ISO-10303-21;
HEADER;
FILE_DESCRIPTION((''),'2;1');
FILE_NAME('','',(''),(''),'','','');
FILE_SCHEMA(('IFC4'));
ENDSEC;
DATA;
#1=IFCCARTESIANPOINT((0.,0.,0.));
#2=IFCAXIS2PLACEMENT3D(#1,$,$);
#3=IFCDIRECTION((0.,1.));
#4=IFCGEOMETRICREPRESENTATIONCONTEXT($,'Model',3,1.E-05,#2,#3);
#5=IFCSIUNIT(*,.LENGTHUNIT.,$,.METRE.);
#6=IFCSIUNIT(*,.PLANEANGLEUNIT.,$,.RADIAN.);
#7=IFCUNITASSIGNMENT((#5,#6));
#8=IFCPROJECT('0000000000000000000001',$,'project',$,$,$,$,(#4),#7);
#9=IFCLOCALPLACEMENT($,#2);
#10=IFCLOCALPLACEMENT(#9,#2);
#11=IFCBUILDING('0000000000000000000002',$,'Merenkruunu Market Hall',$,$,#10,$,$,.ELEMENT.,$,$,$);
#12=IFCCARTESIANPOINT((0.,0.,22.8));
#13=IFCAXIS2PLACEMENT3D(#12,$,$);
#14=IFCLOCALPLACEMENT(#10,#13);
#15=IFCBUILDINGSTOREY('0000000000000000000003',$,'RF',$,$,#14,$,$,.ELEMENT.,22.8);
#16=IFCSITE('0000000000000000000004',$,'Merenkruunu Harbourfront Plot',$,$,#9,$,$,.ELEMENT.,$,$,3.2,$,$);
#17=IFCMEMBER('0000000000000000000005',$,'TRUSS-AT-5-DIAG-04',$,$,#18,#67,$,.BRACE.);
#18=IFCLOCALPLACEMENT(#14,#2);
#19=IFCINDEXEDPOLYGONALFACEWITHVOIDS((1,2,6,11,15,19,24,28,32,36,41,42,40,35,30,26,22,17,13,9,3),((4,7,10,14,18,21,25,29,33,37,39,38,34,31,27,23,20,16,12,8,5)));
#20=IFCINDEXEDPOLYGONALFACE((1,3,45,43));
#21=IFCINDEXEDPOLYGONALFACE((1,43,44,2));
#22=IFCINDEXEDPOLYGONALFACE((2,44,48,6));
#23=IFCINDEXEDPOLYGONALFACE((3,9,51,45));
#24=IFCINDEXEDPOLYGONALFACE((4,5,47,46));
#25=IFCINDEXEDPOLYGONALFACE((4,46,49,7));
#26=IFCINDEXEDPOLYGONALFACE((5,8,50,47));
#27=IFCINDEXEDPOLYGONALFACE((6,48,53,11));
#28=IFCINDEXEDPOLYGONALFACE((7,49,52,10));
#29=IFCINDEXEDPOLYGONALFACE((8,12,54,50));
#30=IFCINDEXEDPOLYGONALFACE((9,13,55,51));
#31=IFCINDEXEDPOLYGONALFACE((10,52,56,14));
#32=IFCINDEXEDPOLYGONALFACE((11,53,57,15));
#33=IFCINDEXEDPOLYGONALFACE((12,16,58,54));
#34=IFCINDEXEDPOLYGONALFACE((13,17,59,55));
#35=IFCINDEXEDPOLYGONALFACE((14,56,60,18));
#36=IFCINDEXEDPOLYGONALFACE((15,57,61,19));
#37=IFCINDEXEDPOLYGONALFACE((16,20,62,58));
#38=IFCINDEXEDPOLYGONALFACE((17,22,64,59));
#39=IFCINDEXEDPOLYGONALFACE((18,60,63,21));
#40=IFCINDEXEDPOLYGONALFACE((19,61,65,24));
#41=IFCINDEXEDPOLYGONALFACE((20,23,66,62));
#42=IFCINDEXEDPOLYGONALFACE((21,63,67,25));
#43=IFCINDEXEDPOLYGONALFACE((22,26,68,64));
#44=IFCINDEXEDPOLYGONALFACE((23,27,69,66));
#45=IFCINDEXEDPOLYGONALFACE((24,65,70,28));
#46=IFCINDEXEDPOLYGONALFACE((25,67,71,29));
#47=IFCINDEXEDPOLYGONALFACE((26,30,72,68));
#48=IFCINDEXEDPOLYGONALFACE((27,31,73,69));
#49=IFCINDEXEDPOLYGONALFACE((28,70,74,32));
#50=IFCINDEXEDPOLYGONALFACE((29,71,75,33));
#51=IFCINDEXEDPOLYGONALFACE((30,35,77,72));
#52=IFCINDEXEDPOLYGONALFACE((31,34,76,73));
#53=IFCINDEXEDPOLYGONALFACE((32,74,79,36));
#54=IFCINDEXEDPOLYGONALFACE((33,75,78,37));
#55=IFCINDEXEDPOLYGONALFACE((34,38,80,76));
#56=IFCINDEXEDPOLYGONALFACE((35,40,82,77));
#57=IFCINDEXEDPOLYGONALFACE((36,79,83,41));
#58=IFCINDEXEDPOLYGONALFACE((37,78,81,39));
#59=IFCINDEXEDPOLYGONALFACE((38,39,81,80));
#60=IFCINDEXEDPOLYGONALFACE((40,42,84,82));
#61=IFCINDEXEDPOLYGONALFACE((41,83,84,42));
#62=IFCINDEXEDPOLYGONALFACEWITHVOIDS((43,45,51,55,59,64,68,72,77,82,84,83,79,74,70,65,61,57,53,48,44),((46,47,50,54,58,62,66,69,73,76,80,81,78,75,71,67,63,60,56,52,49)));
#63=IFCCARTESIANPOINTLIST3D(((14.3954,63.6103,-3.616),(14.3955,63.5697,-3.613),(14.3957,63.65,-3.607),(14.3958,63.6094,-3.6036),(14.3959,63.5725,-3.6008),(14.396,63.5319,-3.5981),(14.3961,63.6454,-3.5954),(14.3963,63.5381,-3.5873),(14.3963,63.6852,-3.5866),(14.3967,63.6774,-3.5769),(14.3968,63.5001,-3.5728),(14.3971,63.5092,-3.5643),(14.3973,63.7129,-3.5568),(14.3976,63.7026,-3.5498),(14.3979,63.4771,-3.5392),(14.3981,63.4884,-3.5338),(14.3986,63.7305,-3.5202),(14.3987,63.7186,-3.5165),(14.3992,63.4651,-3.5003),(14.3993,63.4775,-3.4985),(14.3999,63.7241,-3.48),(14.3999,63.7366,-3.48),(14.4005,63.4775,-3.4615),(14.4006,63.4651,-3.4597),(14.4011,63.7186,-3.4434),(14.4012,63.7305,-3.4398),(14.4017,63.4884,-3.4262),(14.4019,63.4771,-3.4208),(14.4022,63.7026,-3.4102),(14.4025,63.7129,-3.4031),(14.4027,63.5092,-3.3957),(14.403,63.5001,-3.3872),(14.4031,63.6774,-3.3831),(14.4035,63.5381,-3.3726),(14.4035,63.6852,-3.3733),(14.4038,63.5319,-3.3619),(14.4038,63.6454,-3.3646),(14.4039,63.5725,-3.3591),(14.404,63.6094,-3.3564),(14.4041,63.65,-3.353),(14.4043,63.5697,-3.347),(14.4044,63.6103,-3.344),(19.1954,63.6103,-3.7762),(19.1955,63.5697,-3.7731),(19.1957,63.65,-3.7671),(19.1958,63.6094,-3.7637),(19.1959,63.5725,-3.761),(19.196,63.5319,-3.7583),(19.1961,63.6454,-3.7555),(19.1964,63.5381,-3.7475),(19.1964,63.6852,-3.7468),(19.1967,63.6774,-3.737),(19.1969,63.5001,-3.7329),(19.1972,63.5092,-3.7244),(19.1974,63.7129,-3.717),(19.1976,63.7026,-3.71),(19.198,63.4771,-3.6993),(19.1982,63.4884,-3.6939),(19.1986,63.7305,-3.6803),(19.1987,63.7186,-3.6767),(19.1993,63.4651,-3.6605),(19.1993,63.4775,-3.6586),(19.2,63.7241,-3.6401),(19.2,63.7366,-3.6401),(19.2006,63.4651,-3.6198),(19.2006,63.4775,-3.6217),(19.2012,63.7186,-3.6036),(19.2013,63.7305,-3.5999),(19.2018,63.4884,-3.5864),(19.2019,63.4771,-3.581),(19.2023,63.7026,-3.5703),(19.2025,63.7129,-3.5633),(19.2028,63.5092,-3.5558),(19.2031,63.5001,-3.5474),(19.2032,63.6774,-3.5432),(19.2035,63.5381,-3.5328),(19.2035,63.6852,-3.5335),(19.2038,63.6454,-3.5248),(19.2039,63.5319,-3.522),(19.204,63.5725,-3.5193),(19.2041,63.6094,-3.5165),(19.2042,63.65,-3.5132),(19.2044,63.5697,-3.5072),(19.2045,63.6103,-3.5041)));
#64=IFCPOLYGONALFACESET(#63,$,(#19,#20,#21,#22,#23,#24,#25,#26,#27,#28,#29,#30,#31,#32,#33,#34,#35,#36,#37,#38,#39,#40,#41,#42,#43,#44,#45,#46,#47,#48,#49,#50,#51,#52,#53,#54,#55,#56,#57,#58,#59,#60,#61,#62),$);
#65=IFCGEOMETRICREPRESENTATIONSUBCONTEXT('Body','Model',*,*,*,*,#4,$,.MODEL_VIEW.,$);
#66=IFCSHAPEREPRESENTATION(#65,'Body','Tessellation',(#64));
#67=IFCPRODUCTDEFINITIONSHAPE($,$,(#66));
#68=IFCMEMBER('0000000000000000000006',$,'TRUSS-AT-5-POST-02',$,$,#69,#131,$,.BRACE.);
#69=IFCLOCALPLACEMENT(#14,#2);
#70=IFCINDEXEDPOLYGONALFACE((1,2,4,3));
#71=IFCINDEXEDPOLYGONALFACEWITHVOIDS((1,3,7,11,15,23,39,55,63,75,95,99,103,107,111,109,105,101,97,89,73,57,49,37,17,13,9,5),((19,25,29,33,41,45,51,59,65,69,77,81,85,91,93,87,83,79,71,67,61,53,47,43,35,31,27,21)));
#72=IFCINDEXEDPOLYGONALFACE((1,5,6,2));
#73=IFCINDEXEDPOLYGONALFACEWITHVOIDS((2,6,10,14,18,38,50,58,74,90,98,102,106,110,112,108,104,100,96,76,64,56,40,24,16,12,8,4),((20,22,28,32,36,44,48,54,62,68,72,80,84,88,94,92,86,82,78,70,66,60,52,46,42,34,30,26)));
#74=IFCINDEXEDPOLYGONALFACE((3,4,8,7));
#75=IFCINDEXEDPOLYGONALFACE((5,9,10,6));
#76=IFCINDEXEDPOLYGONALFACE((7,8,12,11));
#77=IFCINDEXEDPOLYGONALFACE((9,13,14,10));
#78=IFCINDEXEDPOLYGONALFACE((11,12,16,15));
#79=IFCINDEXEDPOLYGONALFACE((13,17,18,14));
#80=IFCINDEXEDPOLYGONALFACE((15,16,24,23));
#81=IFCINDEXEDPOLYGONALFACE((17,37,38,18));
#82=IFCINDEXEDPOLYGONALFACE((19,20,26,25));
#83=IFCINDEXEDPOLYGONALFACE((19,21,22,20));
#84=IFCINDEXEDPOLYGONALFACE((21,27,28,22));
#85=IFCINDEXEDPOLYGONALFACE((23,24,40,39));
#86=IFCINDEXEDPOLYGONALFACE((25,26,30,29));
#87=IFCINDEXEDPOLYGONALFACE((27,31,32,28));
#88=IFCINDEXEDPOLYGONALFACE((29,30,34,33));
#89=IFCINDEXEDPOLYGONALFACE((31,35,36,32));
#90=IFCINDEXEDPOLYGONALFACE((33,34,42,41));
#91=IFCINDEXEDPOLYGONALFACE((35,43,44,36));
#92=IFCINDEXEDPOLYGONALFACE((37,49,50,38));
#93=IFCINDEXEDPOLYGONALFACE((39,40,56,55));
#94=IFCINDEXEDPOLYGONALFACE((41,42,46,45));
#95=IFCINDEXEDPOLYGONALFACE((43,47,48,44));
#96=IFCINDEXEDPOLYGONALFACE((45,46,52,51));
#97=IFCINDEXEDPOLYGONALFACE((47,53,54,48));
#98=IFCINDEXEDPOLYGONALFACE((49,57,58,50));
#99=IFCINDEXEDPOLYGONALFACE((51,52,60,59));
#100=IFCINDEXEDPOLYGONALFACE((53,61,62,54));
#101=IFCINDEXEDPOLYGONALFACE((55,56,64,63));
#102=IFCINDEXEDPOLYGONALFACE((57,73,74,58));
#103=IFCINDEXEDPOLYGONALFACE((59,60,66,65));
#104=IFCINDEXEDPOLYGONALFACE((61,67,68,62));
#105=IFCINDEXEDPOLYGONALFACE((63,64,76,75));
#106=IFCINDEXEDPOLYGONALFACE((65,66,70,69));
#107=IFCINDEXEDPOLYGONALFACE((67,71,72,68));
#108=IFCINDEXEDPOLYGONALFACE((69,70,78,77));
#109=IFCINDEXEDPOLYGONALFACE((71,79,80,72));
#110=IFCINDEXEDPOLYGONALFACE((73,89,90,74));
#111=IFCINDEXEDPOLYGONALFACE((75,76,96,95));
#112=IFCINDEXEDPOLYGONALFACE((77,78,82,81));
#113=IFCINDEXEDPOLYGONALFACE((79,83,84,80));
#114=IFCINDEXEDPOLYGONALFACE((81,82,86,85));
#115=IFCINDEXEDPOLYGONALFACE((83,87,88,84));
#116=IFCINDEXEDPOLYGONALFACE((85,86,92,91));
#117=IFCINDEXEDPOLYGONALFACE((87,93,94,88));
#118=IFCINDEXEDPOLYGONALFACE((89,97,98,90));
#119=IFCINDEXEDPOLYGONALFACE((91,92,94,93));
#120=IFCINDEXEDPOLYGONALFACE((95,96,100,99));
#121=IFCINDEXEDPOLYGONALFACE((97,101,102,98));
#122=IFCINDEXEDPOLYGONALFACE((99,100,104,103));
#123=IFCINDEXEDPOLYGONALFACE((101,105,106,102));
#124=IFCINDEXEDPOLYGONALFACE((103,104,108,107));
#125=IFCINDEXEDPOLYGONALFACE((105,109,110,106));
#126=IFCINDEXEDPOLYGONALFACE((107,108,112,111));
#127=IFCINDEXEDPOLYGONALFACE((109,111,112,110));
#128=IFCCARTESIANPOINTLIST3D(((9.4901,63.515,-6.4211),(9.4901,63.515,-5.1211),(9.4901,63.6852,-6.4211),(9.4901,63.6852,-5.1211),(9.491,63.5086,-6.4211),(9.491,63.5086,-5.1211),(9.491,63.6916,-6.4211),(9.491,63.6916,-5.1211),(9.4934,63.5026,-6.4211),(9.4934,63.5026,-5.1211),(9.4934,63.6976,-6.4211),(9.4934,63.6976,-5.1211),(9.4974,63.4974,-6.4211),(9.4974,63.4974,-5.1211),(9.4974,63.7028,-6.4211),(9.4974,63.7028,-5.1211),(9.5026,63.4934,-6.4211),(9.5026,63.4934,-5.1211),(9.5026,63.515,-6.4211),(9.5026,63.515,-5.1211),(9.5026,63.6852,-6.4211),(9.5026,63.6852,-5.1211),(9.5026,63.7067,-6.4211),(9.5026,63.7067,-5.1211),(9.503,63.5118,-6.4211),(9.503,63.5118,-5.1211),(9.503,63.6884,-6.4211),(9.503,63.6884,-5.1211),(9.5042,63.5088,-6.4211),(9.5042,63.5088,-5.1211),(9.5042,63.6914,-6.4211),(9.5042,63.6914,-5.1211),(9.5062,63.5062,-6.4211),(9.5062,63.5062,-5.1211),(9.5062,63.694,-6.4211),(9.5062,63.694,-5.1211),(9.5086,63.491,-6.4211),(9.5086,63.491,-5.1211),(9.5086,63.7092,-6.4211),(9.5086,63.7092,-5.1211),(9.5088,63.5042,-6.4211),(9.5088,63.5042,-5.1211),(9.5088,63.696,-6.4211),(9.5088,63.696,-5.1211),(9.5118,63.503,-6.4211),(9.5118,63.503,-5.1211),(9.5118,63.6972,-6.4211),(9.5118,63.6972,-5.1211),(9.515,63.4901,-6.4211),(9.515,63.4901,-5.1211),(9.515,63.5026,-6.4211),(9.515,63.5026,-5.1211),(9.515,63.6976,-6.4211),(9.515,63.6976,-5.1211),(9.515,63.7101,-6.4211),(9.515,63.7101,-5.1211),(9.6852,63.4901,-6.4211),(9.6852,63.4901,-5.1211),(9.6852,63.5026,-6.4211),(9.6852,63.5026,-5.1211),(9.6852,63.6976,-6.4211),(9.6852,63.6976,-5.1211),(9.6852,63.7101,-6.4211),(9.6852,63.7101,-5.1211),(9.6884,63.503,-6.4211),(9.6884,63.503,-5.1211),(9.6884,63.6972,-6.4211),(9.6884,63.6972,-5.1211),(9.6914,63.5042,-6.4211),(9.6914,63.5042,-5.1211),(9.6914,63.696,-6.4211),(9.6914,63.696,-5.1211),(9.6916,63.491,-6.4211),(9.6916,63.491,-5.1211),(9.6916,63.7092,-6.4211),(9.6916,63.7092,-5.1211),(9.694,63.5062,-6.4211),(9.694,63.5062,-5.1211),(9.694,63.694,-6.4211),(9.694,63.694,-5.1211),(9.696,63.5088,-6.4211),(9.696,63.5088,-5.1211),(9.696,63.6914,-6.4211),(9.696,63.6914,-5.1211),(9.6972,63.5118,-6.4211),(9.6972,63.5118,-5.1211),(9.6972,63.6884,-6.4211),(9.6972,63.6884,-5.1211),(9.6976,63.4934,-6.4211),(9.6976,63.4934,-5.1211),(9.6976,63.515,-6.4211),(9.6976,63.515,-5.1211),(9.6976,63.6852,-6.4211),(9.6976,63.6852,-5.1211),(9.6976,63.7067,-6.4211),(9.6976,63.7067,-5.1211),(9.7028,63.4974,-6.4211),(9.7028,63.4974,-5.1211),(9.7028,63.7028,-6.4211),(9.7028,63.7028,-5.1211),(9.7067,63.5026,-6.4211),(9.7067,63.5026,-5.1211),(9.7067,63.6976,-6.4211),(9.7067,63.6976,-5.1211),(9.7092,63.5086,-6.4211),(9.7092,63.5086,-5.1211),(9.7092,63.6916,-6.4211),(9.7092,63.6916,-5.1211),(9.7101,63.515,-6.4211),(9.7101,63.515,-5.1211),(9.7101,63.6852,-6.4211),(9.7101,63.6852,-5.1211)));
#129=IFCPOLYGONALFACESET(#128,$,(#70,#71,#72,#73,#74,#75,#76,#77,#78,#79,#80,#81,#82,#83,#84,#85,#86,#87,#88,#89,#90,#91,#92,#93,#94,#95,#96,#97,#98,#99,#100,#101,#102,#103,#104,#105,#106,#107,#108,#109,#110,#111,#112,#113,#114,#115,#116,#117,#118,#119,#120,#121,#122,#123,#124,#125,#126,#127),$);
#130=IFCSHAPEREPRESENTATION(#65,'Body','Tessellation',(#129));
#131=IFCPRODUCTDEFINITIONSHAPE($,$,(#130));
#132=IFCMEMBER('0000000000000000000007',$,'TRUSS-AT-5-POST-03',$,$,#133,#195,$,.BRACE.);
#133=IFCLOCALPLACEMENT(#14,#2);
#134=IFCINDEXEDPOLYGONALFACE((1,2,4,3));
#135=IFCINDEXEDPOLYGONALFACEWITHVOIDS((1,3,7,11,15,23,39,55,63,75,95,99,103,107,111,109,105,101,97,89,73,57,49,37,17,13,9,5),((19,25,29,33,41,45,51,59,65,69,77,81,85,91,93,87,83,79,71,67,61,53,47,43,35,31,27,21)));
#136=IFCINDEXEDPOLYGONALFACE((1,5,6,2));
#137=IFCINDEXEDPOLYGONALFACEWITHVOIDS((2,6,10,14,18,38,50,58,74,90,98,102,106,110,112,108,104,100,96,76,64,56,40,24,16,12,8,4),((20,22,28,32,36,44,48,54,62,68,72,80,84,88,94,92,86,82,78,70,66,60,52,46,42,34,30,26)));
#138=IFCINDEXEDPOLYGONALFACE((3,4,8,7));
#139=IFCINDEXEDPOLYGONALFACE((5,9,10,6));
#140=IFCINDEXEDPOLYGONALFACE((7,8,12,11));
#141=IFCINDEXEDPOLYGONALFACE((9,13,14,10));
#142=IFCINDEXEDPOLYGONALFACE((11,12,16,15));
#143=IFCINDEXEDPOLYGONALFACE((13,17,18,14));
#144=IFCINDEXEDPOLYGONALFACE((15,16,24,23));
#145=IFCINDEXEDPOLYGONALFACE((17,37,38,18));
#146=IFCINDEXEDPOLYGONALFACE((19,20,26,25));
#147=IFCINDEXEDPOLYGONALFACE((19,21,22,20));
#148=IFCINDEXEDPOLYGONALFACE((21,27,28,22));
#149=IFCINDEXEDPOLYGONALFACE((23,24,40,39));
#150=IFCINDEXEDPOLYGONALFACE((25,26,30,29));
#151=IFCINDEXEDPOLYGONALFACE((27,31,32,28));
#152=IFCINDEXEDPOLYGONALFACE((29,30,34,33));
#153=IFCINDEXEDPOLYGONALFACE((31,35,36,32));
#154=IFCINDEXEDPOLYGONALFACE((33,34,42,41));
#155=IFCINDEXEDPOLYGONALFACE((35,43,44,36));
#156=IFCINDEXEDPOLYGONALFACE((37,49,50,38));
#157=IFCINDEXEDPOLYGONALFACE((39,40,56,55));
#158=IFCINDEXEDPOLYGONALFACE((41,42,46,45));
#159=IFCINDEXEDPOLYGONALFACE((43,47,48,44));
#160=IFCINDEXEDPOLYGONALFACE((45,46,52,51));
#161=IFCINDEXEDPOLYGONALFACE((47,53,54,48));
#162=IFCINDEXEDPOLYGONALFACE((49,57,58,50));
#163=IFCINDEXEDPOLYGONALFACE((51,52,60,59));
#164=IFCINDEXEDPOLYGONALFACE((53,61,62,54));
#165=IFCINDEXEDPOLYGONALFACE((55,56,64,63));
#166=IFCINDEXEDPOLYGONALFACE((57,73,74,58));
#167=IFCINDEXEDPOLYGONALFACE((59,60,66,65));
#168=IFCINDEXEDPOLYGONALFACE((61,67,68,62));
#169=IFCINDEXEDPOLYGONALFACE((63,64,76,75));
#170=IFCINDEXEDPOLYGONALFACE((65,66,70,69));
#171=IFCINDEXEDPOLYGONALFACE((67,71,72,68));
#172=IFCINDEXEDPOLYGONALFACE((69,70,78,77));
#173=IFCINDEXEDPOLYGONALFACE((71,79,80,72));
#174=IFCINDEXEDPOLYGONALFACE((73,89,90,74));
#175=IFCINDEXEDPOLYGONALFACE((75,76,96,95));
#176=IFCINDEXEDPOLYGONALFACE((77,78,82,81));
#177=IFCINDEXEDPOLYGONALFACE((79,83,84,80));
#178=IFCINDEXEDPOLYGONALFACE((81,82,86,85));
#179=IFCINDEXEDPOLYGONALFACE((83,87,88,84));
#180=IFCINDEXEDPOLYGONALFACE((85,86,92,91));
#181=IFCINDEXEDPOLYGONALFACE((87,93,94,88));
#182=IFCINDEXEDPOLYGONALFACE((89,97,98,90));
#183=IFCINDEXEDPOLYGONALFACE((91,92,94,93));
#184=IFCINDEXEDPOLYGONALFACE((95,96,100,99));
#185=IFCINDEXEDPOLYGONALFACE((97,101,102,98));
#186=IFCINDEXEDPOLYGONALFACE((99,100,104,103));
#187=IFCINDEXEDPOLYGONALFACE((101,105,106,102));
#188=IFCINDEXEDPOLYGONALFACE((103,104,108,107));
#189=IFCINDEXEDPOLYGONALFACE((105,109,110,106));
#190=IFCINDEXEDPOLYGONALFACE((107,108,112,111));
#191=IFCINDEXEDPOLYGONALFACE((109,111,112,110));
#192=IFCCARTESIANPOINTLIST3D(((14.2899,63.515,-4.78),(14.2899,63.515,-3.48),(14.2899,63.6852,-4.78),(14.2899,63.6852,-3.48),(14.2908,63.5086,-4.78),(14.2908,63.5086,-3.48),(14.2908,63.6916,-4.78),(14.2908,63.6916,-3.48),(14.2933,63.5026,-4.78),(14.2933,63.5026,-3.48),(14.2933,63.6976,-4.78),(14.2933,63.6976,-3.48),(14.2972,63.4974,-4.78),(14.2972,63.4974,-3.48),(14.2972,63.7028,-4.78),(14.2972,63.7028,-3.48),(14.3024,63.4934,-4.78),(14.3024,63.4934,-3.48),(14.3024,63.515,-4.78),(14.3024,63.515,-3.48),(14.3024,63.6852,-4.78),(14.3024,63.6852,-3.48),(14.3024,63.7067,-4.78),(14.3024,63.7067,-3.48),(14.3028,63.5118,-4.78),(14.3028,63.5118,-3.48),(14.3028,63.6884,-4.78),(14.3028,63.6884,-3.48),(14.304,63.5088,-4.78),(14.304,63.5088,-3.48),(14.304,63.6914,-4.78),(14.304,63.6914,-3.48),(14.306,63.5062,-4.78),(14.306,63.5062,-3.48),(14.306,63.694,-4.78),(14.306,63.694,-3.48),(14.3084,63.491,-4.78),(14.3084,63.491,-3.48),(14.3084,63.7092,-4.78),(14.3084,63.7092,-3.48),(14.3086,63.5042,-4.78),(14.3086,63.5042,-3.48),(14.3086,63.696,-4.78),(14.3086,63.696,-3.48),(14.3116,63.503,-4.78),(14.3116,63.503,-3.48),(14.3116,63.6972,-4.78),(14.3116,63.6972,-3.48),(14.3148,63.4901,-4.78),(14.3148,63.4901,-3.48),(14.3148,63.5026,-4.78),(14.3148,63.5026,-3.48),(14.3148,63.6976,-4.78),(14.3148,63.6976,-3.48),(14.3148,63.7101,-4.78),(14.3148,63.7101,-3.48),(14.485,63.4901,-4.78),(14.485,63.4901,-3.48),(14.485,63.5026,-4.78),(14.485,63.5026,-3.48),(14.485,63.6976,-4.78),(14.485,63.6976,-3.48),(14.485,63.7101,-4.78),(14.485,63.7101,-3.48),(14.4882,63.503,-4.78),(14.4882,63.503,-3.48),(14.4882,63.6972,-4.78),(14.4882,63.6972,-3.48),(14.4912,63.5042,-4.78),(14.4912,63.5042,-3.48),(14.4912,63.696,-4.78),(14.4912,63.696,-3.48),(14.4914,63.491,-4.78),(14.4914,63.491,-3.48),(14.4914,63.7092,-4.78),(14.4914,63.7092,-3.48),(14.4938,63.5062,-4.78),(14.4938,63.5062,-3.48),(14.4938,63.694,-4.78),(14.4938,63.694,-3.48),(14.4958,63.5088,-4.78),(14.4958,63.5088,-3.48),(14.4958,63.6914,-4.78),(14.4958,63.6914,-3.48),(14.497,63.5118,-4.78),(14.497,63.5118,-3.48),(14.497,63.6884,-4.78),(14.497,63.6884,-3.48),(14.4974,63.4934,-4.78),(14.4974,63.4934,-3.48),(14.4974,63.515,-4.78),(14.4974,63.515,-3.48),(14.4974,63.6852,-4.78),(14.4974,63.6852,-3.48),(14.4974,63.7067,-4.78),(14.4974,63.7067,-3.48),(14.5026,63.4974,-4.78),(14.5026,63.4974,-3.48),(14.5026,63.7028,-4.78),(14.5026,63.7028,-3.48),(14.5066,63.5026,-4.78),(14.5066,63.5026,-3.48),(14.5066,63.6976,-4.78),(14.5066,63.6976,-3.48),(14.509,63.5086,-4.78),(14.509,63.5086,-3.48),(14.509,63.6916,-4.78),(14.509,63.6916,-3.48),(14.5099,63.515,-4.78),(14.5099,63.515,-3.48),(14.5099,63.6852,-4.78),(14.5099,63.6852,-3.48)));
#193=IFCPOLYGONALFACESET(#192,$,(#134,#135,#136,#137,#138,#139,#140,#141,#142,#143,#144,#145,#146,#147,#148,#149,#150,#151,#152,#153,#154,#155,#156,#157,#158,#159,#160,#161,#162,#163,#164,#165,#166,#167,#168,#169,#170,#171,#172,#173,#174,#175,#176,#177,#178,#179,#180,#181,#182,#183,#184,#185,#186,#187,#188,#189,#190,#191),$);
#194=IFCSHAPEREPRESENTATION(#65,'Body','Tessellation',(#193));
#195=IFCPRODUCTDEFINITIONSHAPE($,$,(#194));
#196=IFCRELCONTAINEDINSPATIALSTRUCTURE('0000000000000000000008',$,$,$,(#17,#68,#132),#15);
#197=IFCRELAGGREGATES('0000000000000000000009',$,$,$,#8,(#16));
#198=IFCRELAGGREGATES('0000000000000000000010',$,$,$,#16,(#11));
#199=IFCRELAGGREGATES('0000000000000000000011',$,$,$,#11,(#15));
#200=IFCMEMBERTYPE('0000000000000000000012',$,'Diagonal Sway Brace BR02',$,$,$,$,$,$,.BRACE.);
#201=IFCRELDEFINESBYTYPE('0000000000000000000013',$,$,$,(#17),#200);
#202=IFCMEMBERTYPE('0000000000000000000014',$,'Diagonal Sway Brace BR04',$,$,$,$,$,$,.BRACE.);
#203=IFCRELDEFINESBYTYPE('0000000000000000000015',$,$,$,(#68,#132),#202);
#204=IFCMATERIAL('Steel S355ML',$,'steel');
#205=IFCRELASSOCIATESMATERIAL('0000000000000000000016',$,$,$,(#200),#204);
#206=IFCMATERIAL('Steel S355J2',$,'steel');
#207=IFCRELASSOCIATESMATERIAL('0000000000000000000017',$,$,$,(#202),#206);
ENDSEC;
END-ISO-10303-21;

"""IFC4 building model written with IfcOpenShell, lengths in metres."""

from ifc_helpers import new_model, si_unit, direction, frame, origin, origin_2d, place, context, subcontext, project, spatial, hollow_rectangle, hollow_circle, extrude, material, material_profile, profile_set, type_object, element, save


model = new_model("IFC4")

# Units and contexts
model_context = context("Model", 3, precision=1e-05, world=origin(), true_north=direction((0.0, 1.0)))
body_context = subcontext(model_context, "Body", "Model", "MODEL_VIEW")
ifc_project = project(units=[si_unit("LENGTHUNIT", "METRE"), si_unit("PLANEANGLEUNIT", "RADIAN")], contexts=[model_context])

# Site, building, storey
site_placement = place(None, origin())
site = spatial("IfcSite", under=ifc_project, at=site_placement, Name="Merenkruunu Harbourfront Plot", CompositionType="ELEMENT", RefElevation=3.2)
building_placement = place(site_placement, origin())
building = spatial("IfcBuilding", under=site, at=building_placement, Name="Merenkruunu Market Hall", CompositionType="ELEMENT")
storey_placement = place(building_placement, frame((0.0, 0.0, 22.8)))
storey = spatial("IfcBuildingStorey", under=building, at=storey_placement, Name="RF", CompositionType="ELEMENT", Elevation=22.8)

# Members
ifc_material_1 = material(Name="Steel S355ML", Category="steel")
ifc_material_profile_1 = material_profile(ifc_material_1, hollow_circle(Radius=0.1365, WallThickness=0.0125, at=origin_2d()), Name="CHS 273x12.5")
ifc_profile_set_1 = profile_set([ifc_material_profile_1], Name="Steel S355ML")
member_type_1 = type_object("IfcMemberType", Name="Diagonal Sway Brace BR02", PredefinedType="BRACE", material=ifc_profile_set_1)
member_1_placement = place(storey_placement, frame((14.3999, 63.6001, -3.48), z_axis=(0.999444, 0.0, -0.033347), x_axis=(0.0, 1.0, 0.0)))
element("IfcMember", 1, at=member_1_placement, inside=storey, type_object=member_type_1, Name="TRUSS-AT-5-DIAG-04", PredefinedType="BRACE", context=body_context, shape_type="SweptSolid", body=[
    extrude(hollow_circle(Radius=0.1365, WallThickness=0.0125, at=origin_2d()), origin(), (0.0, 0.0, 1.0), 4.8027),
])
ifc_material_2 = material(Name="Steel S355J2", Category="steel")
ifc_material_profile_2 = material_profile(ifc_material_2, hollow_rectangle(XDim=0.22, YDim=0.22, WallThickness=0.0125, InnerFilletRadius=0.0125, OuterFilletRadius=0.0249, at=origin_2d()), Name="SHS 220x220x12.5")
ifc_profile_set_2 = profile_set([ifc_material_profile_2], Name="Steel S355J2")
member_type_2 = type_object("IfcMemberType", Name="Diagonal Sway Brace BR04", PredefinedType="BRACE", material=ifc_profile_set_2)
for number, where, z_axis, x_axis, name in (
    (2, (9.6001, 63.6001, -6.4211), (0.0, 0.0, 1.0), (1.0, 0.0, 0.0), "TRUSS-AT-5-POST-02"),
    (3, (14.3999, 63.6001, -4.78), (0.0, 0.0, 1.0), (1.0, 0.0, 0.0), "TRUSS-AT-5-POST-03"),
):
    element("IfcMember", number, at=place(storey_placement, frame(where, z_axis=z_axis, x_axis=x_axis)), inside=storey, type_object=member_type_2, Name=name, PredefinedType="BRACE", context=body_context, shape_type="SweptSolid", body=[
        extrude(hollow_rectangle(XDim=0.22, YDim=0.22, WallThickness=0.0125, InnerFilletRadius=0.0125, OuterFilletRadius=0.0249, at=origin_2d()), origin(), (0.0, 0.0, 1.0), 1.3),
    ])

save(model, "model.ifc")
